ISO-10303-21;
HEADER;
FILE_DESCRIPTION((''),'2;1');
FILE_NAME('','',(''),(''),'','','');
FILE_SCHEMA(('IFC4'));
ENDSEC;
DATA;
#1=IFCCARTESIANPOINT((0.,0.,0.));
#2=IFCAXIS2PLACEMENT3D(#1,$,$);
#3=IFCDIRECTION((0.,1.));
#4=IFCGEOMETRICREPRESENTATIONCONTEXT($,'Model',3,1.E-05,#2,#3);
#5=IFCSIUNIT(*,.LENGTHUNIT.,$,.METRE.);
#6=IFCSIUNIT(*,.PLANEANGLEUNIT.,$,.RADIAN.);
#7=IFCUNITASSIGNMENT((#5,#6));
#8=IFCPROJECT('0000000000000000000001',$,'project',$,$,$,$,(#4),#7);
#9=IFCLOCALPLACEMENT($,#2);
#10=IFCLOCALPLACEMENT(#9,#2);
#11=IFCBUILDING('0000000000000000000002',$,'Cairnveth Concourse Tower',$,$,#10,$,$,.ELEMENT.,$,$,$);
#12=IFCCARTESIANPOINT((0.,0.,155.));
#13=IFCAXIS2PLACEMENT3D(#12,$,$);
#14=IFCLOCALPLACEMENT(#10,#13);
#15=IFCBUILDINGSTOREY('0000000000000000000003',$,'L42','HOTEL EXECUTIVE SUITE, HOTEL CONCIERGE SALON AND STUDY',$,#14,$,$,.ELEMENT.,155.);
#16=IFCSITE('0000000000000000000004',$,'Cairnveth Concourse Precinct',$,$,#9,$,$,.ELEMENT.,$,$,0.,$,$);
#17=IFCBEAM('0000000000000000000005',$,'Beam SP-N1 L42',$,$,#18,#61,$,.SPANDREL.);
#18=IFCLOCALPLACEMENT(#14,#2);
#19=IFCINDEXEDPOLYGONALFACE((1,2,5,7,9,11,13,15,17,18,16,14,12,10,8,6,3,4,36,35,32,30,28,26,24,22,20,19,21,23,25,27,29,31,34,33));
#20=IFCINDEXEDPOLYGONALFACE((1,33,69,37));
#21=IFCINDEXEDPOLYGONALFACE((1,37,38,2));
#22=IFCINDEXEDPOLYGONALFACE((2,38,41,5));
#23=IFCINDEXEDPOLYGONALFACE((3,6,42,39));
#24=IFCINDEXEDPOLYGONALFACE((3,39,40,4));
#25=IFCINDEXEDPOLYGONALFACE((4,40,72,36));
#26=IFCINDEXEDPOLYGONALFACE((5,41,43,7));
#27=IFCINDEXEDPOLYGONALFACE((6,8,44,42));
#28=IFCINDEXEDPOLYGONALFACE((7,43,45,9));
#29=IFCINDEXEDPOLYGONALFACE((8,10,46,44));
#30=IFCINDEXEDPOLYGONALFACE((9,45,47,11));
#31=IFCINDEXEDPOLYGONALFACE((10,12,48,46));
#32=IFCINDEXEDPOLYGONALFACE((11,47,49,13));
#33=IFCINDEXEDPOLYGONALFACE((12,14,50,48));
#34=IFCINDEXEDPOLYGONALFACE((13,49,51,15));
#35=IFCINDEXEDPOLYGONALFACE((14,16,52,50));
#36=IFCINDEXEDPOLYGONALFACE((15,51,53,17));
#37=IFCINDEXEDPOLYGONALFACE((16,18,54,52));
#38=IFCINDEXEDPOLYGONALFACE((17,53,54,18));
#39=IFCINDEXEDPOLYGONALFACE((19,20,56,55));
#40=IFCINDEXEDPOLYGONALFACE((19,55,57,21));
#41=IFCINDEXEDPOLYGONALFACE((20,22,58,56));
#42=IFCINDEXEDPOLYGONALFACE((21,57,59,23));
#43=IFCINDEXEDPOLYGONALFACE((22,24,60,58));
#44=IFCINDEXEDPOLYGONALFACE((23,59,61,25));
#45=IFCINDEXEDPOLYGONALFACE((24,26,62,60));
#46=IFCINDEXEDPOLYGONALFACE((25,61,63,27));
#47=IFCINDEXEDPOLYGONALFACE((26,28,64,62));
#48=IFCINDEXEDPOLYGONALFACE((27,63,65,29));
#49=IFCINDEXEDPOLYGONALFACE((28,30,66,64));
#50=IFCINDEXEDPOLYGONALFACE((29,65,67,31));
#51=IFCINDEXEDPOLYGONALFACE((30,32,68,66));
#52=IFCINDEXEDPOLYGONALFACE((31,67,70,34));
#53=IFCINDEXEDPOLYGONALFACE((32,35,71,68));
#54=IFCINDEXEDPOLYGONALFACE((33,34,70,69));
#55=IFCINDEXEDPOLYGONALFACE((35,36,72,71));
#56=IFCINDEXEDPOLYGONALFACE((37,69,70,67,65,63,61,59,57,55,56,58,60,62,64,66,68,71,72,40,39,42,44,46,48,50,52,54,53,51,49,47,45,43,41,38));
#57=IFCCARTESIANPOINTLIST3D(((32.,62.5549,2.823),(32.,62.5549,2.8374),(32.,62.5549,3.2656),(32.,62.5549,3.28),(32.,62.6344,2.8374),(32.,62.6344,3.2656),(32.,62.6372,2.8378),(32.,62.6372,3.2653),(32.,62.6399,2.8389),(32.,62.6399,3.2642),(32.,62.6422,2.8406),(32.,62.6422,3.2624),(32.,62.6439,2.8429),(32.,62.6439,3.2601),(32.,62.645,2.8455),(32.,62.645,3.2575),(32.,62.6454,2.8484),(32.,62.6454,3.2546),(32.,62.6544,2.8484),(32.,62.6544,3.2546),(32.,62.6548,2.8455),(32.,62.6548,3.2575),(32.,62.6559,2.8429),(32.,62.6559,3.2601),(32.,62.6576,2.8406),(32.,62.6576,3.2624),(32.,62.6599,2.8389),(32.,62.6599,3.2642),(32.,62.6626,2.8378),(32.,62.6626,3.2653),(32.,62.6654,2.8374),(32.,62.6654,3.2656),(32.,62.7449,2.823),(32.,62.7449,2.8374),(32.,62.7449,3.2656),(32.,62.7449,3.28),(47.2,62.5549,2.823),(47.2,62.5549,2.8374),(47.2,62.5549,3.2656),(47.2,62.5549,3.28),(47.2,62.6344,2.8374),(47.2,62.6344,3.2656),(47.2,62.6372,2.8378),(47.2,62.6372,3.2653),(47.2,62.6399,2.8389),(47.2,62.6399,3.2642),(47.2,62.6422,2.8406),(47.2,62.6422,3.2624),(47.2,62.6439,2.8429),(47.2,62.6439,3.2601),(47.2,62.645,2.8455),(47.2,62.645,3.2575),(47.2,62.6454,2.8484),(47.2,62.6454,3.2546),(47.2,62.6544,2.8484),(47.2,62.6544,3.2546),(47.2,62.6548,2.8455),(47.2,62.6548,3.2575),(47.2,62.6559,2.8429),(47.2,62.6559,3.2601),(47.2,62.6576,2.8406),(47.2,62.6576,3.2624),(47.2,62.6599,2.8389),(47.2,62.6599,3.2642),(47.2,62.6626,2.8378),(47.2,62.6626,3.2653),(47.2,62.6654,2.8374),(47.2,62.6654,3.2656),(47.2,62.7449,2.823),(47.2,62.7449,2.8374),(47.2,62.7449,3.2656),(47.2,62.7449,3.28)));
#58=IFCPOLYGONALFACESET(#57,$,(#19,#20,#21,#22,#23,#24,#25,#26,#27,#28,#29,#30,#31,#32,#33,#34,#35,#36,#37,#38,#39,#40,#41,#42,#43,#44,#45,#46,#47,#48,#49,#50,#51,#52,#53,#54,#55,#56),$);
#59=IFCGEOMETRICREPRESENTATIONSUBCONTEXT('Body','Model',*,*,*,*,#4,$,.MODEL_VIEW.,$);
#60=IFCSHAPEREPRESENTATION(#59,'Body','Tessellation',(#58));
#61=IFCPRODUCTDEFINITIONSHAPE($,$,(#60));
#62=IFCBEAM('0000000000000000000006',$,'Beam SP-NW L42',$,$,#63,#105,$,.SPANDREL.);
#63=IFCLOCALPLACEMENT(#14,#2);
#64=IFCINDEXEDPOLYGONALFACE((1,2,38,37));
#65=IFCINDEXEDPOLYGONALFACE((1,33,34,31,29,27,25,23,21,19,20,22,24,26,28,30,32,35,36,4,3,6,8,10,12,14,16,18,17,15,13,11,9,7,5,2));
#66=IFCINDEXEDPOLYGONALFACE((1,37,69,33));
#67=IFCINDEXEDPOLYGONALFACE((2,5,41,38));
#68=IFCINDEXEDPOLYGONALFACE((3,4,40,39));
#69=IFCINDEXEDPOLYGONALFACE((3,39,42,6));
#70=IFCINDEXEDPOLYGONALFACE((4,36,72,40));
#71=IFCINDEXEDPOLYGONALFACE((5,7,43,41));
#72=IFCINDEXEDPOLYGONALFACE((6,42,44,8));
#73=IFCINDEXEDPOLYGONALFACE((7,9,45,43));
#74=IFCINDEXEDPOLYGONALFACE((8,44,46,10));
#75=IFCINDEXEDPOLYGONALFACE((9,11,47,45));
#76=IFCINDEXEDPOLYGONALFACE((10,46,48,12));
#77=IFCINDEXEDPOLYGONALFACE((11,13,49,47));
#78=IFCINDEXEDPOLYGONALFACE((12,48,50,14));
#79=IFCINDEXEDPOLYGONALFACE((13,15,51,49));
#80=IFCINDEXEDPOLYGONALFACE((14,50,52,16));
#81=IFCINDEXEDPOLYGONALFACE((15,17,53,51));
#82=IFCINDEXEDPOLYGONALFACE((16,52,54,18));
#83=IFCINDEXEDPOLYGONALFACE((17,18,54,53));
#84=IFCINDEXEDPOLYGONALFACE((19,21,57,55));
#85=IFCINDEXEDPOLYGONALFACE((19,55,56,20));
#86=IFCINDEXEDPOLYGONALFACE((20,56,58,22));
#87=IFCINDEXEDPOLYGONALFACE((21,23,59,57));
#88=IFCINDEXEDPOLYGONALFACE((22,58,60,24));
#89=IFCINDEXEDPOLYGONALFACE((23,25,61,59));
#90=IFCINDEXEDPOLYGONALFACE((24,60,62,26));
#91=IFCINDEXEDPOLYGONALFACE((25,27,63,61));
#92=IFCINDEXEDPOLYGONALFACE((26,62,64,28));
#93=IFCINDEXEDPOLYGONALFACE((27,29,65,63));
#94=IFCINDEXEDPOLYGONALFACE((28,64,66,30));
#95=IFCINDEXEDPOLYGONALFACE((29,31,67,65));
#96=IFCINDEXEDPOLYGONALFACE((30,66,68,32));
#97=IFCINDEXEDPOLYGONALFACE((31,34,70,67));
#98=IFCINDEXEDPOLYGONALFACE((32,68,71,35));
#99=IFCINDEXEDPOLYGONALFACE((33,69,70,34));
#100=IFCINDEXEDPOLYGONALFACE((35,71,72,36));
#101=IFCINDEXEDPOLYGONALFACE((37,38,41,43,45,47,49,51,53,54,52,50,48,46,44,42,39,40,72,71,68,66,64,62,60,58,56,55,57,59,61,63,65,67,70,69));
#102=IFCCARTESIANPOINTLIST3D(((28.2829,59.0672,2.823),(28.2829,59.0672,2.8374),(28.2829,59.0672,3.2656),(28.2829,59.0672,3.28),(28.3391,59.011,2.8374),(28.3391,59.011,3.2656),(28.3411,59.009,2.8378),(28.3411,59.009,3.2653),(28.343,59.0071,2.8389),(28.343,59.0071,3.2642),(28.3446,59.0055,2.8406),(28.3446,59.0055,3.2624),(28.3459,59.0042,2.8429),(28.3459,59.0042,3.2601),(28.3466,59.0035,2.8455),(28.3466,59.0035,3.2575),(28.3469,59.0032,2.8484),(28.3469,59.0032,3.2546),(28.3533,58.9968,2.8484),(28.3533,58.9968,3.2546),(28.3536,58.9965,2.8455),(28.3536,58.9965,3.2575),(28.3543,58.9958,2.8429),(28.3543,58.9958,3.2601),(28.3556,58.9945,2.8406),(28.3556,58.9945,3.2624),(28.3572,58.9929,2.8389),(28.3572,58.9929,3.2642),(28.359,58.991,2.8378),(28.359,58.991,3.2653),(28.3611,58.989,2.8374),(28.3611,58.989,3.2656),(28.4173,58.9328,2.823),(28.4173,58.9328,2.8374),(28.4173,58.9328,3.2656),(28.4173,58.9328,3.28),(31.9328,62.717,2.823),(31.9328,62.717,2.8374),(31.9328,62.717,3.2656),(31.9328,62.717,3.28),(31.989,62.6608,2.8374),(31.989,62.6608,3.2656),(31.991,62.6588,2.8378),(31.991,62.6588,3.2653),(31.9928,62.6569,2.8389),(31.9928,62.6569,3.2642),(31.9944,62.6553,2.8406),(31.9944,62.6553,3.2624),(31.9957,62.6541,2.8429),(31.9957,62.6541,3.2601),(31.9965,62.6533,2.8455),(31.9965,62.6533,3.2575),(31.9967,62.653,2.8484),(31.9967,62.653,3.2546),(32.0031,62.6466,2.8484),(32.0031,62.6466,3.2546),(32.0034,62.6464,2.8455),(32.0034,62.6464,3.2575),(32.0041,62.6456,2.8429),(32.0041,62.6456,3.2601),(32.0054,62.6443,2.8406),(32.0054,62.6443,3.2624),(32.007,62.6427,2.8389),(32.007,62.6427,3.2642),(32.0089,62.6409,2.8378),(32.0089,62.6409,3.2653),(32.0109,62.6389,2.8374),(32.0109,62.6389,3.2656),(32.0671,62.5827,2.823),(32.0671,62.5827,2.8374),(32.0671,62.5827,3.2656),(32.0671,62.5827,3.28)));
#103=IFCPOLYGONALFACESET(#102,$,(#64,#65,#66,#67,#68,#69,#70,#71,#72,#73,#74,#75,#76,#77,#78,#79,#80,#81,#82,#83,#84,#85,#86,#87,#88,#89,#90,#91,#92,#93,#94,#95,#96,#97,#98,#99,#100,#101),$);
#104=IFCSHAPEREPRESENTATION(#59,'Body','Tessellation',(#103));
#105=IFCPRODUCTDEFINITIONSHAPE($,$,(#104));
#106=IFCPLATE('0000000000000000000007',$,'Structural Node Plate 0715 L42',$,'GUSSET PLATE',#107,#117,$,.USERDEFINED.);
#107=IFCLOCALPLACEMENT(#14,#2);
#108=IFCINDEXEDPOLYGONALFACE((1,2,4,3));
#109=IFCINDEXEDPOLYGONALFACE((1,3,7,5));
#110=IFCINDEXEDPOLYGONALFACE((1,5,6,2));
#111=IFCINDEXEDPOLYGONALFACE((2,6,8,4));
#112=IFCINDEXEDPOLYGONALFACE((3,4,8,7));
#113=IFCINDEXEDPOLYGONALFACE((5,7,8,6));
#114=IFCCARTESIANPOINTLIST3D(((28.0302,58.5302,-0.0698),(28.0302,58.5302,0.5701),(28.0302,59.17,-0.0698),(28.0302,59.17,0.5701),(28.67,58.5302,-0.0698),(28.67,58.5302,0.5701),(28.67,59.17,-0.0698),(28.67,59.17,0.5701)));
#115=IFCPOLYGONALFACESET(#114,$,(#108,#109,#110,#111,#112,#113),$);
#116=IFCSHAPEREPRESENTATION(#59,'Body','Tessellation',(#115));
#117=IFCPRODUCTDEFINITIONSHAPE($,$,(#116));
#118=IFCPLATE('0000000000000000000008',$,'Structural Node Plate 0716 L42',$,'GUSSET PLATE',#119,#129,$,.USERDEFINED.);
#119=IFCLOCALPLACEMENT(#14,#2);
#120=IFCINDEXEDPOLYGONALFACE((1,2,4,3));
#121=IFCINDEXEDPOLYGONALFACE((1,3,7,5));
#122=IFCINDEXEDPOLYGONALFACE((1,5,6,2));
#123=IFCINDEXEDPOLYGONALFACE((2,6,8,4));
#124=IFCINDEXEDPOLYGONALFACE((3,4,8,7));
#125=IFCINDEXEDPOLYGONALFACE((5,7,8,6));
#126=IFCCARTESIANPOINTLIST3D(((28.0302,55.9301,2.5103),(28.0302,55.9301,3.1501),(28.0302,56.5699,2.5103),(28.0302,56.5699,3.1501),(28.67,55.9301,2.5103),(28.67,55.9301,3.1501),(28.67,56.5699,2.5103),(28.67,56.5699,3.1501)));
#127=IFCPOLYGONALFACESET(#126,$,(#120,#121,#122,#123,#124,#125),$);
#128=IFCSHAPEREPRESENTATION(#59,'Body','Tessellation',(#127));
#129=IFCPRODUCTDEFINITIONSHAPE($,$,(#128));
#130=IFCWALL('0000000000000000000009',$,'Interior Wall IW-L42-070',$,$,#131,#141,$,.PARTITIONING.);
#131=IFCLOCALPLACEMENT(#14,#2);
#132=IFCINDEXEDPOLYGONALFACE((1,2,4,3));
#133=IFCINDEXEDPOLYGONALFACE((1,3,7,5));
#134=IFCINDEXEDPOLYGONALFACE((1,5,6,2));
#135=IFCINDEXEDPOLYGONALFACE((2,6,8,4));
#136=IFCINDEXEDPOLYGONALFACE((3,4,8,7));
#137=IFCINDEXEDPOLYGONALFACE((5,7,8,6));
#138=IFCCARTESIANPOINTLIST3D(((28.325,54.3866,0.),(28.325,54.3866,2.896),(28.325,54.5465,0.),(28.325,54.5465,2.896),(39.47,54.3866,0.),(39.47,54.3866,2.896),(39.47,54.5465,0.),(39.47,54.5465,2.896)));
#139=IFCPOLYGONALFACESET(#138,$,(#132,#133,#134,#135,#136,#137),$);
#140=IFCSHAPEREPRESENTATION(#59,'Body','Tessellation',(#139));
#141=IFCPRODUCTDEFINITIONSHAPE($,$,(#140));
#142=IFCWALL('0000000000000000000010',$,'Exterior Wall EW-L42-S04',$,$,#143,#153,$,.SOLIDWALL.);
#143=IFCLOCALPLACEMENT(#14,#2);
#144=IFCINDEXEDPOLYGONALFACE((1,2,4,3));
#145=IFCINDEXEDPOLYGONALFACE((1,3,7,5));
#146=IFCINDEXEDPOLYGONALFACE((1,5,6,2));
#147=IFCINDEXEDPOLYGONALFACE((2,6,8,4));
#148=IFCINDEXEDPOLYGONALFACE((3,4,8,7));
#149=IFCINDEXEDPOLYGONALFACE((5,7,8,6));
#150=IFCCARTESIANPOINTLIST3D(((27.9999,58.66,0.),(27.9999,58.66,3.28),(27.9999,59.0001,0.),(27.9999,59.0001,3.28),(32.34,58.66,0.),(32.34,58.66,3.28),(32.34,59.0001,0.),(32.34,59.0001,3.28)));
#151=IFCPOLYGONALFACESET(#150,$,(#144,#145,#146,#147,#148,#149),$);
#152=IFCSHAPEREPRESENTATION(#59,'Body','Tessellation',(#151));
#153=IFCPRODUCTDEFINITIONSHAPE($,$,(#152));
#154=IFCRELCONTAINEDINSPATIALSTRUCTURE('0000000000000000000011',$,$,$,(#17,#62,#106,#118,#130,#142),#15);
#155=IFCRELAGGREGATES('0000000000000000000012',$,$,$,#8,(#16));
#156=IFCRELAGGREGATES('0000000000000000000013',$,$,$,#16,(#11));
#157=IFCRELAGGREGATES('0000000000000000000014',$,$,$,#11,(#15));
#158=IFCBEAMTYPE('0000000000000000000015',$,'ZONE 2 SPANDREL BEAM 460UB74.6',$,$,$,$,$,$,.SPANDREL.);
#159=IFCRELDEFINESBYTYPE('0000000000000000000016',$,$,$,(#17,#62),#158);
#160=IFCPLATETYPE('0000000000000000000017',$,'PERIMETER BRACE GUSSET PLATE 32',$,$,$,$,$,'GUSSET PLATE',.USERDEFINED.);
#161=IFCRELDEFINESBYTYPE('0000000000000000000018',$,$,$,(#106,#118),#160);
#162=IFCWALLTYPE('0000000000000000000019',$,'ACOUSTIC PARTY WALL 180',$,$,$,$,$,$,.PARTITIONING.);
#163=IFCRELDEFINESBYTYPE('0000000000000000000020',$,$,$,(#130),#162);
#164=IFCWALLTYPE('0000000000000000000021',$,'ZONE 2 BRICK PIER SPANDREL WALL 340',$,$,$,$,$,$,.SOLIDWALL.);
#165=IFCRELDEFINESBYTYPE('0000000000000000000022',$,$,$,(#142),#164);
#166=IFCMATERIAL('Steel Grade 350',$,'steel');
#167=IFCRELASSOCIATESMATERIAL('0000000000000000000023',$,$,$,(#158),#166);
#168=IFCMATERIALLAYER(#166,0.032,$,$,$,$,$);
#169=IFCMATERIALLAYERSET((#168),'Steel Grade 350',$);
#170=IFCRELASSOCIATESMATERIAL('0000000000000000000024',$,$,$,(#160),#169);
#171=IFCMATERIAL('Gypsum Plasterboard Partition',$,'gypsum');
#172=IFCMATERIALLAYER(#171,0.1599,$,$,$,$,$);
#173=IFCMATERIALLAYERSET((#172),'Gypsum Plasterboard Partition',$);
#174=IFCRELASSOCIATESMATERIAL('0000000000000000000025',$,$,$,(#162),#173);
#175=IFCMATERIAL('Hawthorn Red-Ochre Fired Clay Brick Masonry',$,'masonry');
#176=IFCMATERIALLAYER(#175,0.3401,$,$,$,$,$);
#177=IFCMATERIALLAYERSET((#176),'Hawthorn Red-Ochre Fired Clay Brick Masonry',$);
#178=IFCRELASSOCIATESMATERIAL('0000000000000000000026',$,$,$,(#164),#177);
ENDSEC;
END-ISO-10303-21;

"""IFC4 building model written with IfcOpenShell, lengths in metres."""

from ifc_helpers import new_model, si_unit, direction, frame, frame_2d, origin, origin_2d, place, context, subcontext, project, spatial, rectangle, i_section, extrude, material, layer, layer_set, material_profile, profile_set, type_object, element, save


model = new_model("IFC4")

# Units and contexts
model_context = context("Model", 3, precision=1e-05, world=origin(), true_north=direction((0.0, 1.0)))
body_context = subcontext(model_context, "Body", "Model", "MODEL_VIEW")
ifc_project = project(units=[si_unit("LENGTHUNIT", "METRE"), si_unit("PLANEANGLEUNIT", "RADIAN")], contexts=[model_context])

# Site, building, storey
site_placement = place(None, origin())
site = spatial("IfcSite", under=ifc_project, at=site_placement, Name="Cairnveth Concourse Precinct", CompositionType="ELEMENT", RefElevation=0.0)
building_placement = place(site_placement, origin())
building = spatial("IfcBuilding", under=site, at=building_placement, Name="Cairnveth Concourse Tower", CompositionType="ELEMENT")
storey_placement = place(building_placement, frame((0.0, 0.0, 155.0)))
storey = spatial("IfcBuildingStorey", under=building, at=storey_placement, Name="L42", Description="HOTEL EXECUTIVE SUITE, HOTEL CONCIERGE SALON AND STUDY", CompositionType="ELEMENT", Elevation=155.0)

# Shared definitions
ifc_material_1 = material(Name="Steel Grade 350", Category="steel")

# Beams
ifc_material_profile_1 = material_profile(ifc_material_1, i_section(OverallWidth=0.1899, OverallDepth=0.457, WebThickness=0.009, FlangeThickness=0.0144, FilletRadius=0.011, at=origin_2d()), Name="460UB74.6")
ifc_profile_set_1 = profile_set([ifc_material_profile_1], Name="Steel Grade 350")
beam_type_1 = type_object("IfcBeamType", Name="ZONE 2 SPANDREL BEAM 460UB74.6", PredefinedType="SPANDREL", material=ifc_profile_set_1)
beam_1_placement = place(storey_placement, frame((32.0, 62.6499, 3.0515), z_axis=(1.0, 0.0, 0.0), x_axis=(0.0, 1.0, 0.0)))
element("IfcBeam", 1, at=beam_1_placement, inside=storey, type_object=beam_type_1, Name="Beam SP-N1 L42", PredefinedType="SPANDREL", context=body_context, shape_type="SweptSolid", body=[
    extrude(i_section(OverallWidth=0.1899, OverallDepth=0.457, WebThickness=0.009, FlangeThickness=0.0144, FilletRadius=0.011, at=origin_2d()), origin(), (0.0, 0.0, 1.0), 15.2),
])
beam_2_placement = place(storey_placement, frame((28.3501, 59.0, 3.0515), z_axis=(0.707107, 0.707107, 0.0), x_axis=(-0.707107, 0.707107, 0.0)))
element("IfcBeam", 2, at=beam_2_placement, inside=storey, type_object=beam_type_1, Name="Beam SP-NW L42", PredefinedType="SPANDREL", context=body_context, shape_type="SweptSolid", body=[
    extrude(i_section(OverallWidth=0.1899, OverallDepth=0.457, WebThickness=0.009, FlangeThickness=0.0144, FilletRadius=0.011, at=origin_2d()), origin(), (0.0, 0.0, 1.0), 5.1616),
])

# Plates
ifc_layer_1 = layer(ifc_material_1, 0.032)
ifc_layer_set_1 = layer_set([ifc_layer_1], Name="Steel Grade 350")
plate_type = type_object("IfcPlateType", Name="PERIMETER BRACE GUSSET PLATE 32", ElementType="GUSSET PLATE", PredefinedType="USERDEFINED", material=ifc_layer_set_1)
for number, where, z_axis, x_axis, name in (
    (3, (28.3501, 58.8501, -0.0698), (0.0, 0.0, 1.0), (1.0, 0.0, 0.0), "Structural Node Plate 0715 L42"),
    (4, (28.3501, 56.25, 2.5103), (0.0, 0.0, 1.0), (1.0, 0.0, 0.0), "Structural Node Plate 0716 L42"),
):
    element("IfcPlate", number, at=place(storey_placement, frame(where, z_axis=z_axis, x_axis=x_axis)), inside=storey, type_object=plate_type, Name=name, ObjectType="GUSSET PLATE", PredefinedType="USERDEFINED", context=body_context, shape_type="SweptSolid", body=[
        extrude(rectangle(XDim=0.6399, YDim=0.6399, at=origin_2d()), origin(), (0.0, 0.0, 1.0), 0.6399),
    ])

# Walls
ifc_material_2 = material(Name="Gypsum Plasterboard Partition", Category="gypsum")
ifc_layer_2 = layer(ifc_material_2, 0.1599)
ifc_layer_set_2 = layer_set([ifc_layer_2], Name="Gypsum Plasterboard Partition")
wall_type_1 = type_object("IfcWallType", Name="ACOUSTIC PARTY WALL 180", PredefinedType="PARTITIONING", material=ifc_layer_set_2)
wall_1_placement = place(storey_placement, frame((28.325, 54.4666, 0.0), z_axis=(0.0, 0.0, 1.0), x_axis=(1.0, 0.0, 0.0)))
element("IfcWall", 5, at=wall_1_placement, inside=storey, type_object=wall_type_1, Name="Interior Wall IW-L42-070", PredefinedType="PARTITIONING", context=body_context, shape_type="SweptSolid", body=[
    extrude(rectangle(XDim=11.145, YDim=0.1599, at=frame_2d((5.5725, 0.0))), origin(), (0.0, 0.0, 1.0), 2.896),
])
ifc_material_3 = material(Name="Hawthorn Red-Ochre Fired Clay Brick Masonry", Category="masonry")
ifc_layer_3 = layer(ifc_material_3, 0.3401)
ifc_layer_set_3 = layer_set([ifc_layer_3], Name="Hawthorn Red-Ochre Fired Clay Brick Masonry")
wall_type_2 = type_object("IfcWallType", Name="ZONE 2 BRICK PIER SPANDREL WALL 340", PredefinedType="SOLIDWALL", material=ifc_layer_set_3)
wall_2_placement = place(storey_placement, frame((28.0, 58.8301, 0.0), z_axis=(0.0, 0.0, 1.0), x_axis=(1.0, 0.0, 0.0)))
element("IfcWall", 6, at=wall_2_placement, inside=storey, type_object=wall_type_2, Name="Exterior Wall EW-L42-S04", PredefinedType="SOLIDWALL", context=body_context, shape_type="SweptSolid", body=[
    extrude(rectangle(XDim=4.3401, YDim=0.3401, at=frame_2d((2.1699, 0.0))), origin(), (0.0, 0.0, 1.0), 3.28),
])

save(model, "model.ifc")
